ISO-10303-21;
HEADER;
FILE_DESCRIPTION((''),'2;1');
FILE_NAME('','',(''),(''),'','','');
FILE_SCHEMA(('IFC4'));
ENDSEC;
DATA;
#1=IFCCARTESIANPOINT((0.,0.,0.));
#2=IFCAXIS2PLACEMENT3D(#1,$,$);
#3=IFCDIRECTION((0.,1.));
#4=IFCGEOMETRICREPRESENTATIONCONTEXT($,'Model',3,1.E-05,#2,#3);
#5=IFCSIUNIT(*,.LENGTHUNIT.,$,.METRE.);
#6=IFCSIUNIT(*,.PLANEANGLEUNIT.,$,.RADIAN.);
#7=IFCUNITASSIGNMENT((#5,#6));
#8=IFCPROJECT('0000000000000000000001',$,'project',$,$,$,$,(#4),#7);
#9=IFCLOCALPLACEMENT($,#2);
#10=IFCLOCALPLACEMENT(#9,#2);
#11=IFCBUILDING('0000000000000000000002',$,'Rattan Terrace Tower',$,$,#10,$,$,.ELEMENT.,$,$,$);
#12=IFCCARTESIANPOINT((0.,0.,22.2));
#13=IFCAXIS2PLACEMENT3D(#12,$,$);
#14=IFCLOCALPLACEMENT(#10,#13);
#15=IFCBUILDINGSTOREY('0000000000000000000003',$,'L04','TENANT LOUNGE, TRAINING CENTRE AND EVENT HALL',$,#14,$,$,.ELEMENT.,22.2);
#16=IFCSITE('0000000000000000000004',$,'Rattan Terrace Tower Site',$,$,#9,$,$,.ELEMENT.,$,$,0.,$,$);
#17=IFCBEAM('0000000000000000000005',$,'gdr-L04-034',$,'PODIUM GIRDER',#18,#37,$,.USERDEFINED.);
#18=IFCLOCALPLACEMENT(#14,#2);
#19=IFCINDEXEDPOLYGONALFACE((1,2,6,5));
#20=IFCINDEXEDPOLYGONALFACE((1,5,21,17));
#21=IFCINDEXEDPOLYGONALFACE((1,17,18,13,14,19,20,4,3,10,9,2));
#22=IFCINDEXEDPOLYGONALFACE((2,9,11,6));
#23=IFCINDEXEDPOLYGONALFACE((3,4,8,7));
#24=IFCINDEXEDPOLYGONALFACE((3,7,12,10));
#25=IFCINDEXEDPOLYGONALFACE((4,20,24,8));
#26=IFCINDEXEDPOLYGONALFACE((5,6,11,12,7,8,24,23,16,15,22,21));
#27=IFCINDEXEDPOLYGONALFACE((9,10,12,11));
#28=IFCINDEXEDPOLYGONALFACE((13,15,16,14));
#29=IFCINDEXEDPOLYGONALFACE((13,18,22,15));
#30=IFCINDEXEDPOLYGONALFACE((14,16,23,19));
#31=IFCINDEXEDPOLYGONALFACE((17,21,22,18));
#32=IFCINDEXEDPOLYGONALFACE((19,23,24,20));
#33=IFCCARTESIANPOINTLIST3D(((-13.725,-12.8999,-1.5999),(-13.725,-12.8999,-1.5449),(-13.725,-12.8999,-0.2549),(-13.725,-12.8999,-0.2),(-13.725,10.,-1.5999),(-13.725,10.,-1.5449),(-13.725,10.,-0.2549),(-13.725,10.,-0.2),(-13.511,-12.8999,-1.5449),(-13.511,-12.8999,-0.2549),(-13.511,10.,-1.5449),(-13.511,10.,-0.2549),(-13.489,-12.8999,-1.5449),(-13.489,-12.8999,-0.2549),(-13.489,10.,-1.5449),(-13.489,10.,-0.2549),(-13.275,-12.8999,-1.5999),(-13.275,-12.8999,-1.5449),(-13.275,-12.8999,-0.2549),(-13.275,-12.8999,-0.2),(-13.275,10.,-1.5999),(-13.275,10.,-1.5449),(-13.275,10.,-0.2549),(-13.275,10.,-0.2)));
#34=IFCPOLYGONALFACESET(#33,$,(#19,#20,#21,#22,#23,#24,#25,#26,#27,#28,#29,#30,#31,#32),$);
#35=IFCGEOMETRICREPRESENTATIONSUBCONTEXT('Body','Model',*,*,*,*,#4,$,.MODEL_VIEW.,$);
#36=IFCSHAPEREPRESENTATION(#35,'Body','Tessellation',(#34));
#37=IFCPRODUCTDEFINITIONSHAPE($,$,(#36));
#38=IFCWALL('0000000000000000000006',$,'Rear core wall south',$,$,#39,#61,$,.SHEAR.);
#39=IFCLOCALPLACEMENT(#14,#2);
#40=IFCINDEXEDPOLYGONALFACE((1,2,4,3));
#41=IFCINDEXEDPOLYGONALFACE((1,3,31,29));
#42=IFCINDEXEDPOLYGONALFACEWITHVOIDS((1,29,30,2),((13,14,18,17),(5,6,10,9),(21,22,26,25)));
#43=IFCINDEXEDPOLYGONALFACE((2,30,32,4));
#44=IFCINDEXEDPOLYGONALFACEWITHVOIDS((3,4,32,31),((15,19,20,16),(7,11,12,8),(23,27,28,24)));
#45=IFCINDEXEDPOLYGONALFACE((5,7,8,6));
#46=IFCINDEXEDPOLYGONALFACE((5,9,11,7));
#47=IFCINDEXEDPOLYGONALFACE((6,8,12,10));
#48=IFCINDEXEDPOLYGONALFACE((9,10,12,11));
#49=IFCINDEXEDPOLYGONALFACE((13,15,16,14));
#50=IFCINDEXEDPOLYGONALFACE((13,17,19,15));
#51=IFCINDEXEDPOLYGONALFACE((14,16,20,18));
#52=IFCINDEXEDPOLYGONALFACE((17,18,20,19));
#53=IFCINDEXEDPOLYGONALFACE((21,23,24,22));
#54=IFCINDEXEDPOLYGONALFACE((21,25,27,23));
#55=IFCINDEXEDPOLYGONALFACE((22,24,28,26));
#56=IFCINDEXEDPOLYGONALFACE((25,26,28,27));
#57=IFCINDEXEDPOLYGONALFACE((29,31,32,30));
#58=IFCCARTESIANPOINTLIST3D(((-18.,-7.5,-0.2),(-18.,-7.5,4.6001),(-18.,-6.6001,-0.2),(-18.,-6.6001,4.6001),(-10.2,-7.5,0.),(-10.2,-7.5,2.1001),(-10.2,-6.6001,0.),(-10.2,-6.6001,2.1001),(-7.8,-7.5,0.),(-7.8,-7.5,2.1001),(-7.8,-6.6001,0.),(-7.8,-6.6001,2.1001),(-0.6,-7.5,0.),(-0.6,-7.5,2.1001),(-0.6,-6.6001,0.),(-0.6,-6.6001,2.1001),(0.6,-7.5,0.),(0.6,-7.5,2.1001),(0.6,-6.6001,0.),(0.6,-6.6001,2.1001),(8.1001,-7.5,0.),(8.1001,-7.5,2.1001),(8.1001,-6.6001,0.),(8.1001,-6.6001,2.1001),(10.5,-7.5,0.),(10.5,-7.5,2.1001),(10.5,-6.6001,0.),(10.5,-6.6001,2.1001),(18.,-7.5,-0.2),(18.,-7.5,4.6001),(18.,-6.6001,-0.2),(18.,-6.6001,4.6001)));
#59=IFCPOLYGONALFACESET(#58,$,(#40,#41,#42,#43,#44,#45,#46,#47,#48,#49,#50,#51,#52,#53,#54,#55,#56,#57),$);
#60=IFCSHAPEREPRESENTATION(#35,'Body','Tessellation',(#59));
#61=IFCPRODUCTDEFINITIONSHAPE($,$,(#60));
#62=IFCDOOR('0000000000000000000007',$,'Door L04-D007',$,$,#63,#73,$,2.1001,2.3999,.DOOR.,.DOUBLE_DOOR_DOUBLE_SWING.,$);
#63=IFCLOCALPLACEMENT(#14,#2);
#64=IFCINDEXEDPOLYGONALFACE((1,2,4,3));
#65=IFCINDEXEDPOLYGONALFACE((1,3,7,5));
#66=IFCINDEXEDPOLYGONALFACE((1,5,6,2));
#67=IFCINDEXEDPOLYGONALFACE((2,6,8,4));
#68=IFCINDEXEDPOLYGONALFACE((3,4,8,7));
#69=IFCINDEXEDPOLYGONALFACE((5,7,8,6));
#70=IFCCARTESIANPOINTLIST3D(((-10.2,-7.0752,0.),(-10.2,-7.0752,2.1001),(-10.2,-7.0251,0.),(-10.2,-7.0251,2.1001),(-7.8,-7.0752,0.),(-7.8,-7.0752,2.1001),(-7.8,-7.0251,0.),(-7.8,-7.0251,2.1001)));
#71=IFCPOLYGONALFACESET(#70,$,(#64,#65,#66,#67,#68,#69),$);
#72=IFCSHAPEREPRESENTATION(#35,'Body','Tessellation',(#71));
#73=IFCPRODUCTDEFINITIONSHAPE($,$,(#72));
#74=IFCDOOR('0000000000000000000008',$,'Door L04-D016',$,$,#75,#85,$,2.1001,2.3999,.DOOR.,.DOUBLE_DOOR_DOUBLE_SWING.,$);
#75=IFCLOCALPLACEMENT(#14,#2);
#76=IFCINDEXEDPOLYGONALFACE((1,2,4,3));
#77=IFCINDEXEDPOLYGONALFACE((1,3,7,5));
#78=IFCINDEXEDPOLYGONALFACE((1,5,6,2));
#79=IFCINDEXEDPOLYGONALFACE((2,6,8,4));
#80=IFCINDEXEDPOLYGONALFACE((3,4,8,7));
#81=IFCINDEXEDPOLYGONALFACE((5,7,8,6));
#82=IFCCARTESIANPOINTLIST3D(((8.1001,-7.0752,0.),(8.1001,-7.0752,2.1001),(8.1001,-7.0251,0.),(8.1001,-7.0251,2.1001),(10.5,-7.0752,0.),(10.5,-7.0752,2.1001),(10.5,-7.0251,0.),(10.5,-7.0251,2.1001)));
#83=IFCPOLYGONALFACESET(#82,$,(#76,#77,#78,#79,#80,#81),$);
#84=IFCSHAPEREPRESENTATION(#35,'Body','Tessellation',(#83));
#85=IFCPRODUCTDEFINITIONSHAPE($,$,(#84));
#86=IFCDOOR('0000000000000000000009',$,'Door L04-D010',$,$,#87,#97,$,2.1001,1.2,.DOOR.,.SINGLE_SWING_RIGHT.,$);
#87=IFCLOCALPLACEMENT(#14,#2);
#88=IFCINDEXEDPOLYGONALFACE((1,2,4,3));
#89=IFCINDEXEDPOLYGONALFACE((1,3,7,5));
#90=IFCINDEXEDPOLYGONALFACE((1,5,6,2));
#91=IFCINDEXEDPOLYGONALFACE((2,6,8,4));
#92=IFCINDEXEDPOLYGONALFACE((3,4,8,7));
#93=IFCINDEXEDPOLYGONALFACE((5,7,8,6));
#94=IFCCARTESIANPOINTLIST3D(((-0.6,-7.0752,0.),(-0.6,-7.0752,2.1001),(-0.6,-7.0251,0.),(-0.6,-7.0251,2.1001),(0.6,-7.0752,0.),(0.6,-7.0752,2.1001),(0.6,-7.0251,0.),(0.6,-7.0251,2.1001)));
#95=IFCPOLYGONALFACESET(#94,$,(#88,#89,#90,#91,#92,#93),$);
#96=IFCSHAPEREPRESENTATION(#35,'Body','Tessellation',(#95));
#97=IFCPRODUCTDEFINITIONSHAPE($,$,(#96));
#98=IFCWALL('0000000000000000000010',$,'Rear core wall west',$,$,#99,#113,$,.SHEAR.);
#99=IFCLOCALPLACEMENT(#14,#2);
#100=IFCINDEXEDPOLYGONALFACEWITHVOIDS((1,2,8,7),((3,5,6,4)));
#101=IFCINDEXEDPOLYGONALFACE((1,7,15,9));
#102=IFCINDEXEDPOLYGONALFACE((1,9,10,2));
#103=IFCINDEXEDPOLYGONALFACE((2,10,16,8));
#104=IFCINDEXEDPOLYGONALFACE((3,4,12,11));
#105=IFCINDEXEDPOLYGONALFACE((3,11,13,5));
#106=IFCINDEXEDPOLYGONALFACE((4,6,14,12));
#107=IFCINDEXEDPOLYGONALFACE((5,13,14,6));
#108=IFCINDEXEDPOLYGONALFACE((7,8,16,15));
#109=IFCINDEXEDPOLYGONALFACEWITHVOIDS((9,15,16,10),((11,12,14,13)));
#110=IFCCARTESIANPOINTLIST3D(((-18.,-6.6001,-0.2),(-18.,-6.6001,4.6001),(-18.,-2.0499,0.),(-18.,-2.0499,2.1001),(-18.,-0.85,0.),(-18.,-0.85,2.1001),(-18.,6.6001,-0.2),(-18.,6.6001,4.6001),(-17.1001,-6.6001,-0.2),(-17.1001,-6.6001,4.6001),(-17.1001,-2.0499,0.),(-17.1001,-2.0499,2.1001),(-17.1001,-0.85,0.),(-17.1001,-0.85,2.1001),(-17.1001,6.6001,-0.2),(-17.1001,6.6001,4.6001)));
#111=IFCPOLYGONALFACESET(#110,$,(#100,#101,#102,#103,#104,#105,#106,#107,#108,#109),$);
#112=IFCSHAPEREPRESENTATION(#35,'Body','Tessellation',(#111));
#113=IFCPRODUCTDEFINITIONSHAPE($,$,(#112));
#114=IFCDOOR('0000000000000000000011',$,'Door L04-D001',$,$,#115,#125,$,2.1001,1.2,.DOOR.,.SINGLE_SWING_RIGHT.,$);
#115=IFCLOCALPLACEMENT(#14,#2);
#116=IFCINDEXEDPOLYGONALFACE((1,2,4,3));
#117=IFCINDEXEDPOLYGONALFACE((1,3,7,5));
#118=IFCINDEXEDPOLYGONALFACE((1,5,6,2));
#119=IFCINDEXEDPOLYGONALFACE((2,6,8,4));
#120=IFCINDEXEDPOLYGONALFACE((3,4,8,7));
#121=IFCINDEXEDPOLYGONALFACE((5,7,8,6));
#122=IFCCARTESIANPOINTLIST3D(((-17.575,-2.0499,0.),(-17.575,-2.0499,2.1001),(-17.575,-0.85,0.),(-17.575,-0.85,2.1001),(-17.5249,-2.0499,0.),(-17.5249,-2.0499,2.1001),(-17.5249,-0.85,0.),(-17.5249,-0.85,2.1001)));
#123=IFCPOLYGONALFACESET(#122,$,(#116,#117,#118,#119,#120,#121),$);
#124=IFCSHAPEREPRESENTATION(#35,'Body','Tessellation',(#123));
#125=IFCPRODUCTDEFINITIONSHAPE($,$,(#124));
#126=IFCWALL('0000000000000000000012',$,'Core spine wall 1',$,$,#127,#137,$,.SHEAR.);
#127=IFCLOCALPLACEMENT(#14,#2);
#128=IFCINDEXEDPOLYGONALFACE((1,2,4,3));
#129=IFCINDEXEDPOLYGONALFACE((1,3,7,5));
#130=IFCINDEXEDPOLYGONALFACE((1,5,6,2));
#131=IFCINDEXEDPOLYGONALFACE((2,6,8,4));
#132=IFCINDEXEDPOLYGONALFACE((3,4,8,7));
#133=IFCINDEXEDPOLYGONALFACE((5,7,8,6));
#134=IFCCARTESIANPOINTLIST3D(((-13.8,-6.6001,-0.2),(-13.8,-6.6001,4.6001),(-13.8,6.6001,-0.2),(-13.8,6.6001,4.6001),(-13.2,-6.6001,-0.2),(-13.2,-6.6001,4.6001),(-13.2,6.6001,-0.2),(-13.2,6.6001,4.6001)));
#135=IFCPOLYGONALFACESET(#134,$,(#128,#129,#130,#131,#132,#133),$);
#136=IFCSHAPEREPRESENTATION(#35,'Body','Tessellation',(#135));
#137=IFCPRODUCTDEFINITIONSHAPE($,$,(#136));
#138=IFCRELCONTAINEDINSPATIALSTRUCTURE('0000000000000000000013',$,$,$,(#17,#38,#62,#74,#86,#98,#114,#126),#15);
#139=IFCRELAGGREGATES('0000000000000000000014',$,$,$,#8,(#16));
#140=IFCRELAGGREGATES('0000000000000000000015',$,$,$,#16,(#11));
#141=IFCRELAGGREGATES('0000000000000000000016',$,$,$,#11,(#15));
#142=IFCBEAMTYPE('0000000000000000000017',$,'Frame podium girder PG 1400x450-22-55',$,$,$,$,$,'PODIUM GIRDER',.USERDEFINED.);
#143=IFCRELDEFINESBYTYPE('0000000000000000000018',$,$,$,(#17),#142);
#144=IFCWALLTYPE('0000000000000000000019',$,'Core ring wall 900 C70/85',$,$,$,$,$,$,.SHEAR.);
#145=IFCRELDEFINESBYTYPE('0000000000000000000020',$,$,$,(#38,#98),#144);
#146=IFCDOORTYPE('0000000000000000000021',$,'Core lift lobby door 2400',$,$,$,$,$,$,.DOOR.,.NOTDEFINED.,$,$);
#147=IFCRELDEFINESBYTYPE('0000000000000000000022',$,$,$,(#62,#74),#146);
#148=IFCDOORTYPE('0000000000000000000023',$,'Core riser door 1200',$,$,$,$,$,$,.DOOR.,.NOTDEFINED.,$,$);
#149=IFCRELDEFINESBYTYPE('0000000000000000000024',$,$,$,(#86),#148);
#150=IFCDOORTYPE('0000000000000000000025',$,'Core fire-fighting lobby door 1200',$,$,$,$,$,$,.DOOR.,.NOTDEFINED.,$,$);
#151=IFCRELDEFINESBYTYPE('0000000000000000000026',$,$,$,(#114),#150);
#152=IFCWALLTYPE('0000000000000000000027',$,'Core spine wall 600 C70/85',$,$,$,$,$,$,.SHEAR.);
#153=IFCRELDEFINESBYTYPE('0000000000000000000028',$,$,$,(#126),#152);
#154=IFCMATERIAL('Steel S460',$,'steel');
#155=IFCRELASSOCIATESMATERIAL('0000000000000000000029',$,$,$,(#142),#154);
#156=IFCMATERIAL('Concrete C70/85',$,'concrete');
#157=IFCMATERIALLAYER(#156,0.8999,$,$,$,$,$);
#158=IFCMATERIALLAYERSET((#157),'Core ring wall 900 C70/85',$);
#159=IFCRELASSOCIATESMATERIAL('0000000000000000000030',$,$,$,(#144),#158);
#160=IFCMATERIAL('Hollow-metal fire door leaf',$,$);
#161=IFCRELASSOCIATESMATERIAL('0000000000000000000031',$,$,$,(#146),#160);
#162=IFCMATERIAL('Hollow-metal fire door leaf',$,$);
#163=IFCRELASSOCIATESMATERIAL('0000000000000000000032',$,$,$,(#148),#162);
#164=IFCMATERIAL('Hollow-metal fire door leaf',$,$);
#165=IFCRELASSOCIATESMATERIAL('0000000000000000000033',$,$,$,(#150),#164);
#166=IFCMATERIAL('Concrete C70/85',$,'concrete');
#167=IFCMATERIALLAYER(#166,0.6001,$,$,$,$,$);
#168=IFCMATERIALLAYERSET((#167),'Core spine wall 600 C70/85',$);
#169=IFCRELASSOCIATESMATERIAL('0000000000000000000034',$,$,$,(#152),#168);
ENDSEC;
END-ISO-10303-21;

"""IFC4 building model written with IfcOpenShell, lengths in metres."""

from ifc_helpers import new_model, si_unit, direction, frame, frame_2d, origin, origin_2d, place, context, subcontext, project, spatial, rectangle, i_section, extrude, material, layer, layer_set, material_profile, profile_set, type_object, element, fill, save


model = new_model("IFC4")

# Units and contexts
model_context = context("Model", 3, precision=1e-05, world=origin(), true_north=direction((0.0, 1.0)))
body_context = subcontext(model_context, "Body", "Model", "MODEL_VIEW")
ifc_project = project(units=[si_unit("LENGTHUNIT", "METRE"), si_unit("PLANEANGLEUNIT", "RADIAN")], contexts=[model_context])

# Site, building, storey
site_placement = place(None, origin())
site = spatial("IfcSite", under=ifc_project, at=site_placement, Name="Rattan Terrace Tower Site", CompositionType="ELEMENT", RefElevation=0.0)
building_placement = place(site_placement, origin())
building = spatial("IfcBuilding", under=site, at=building_placement, Name="Rattan Terrace Tower", CompositionType="ELEMENT")
storey_placement = place(building_placement, frame((0.0, 0.0, 22.2)))
storey = spatial("IfcBuildingStorey", under=building, at=storey_placement, Name="L04", Description="TENANT LOUNGE, TRAINING CENTRE AND EVENT HALL", CompositionType="ELEMENT", Elevation=22.2)

# Beam
ifc_material_1 = material(Name="Steel S460", Category="steel")
ifc_material_profile = material_profile(ifc_material_1, i_section(OverallWidth=0.45, OverallDepth=1.3999, WebThickness=0.022, FlangeThickness=0.0549, at=origin_2d()), Name="PG 1400x450-22-55")
ifc_profile_set = profile_set([ifc_material_profile], Name="Steel S460")
beam_type = type_object("IfcBeamType", Name="Frame podium girder PG 1400x450-22-55", ElementType="PODIUM GIRDER", PredefinedType="USERDEFINED", material=ifc_profile_set)
beam_placement = place(storey_placement, frame((-13.5, -12.8999, -0.8999), z_axis=(0.0, 1.0, 0.0), x_axis=(-1.0, 0.0, 0.0)))
element("IfcBeam", 1, at=beam_placement, inside=storey, type_object=beam_type, Name="gdr-L04-034", ObjectType="PODIUM GIRDER", PredefinedType="USERDEFINED", context=body_context, shape_type="SweptSolid", body=[
    extrude(i_section(OverallWidth=0.45, OverallDepth=1.3999, WebThickness=0.022, FlangeThickness=0.0549, at=origin_2d()), origin(), (0.0, 0.0, 1.0), 22.8999),
])

# Wall, openings, doors
ifc_material_2 = material(Name="Concrete C70/85", Category="concrete")
ifc_layer_1 = layer(ifc_material_2, 0.8999)
ifc_layer_set_1 = layer_set([ifc_layer_1], Name="Core ring wall 900 C70/85")
wall_type_1 = type_object("IfcWallType", Name="Core ring wall 900 C70/85", PredefinedType="SHEAR", material=ifc_layer_set_1)
wall_1_placement = place(storey_placement, frame((-18.0, -7.05, -0.2), z_axis=(0.0, 0.0, 1.0), x_axis=(1.0, 0.0, 0.0)))
wall_1 = element("IfcWall", 2, at=wall_1_placement, inside=storey, type_object=wall_type_1, Name="Rear core wall south", PredefinedType="SHEAR", context=body_context, shape_type="SweptSolid", body=[
    extrude(rectangle(XDim=36.0, YDim=0.8999, at=frame_2d((18.0, 0.0))), origin(), (0.0, 0.0, 1.0), 4.8),
])
opening_1_placement = place(wall_1_placement, frame((7.8, 0.0, 0.2)))
opening_1 = element("IfcOpeningElement", 3, at=opening_1_placement, cuts=wall_1, PredefinedType="OPENING", context=body_context, shape_type="SweptSolid", body=[
    extrude(rectangle(XDim=2.3999, YDim=2.1001, at=frame_2d((1.2, 1.05))), frame((0.0, 0.4604, 0.0), z_axis=(0.0, -1.0, 0.0), x_axis=(1.0, 0.0, 0.0)), (0.0, 0.0, 1.0), 0.9209),
])
opening_2_placement = place(wall_1_placement, frame((17.3999, 0.0, 0.2)))
opening_2 = element("IfcOpeningElement", 4, at=opening_2_placement, cuts=wall_1, PredefinedType="OPENING", context=body_context, shape_type="SweptSolid", body=[
    extrude(rectangle(XDim=1.2, YDim=2.1001, at=frame_2d((0.6001, 1.05))), frame((0.0, 0.4604, 0.0), z_axis=(0.0, -1.0, 0.0), x_axis=(1.0, 0.0, 0.0)), (0.0, 0.0, 1.0), 0.9209),
])
opening_3_placement = place(wall_1_placement, frame((26.1001, 0.0, 0.2)))
opening_3 = element("IfcOpeningElement", 5, at=opening_3_placement, cuts=wall_1, PredefinedType="OPENING", context=body_context, shape_type="SweptSolid", body=[
    extrude(rectangle(XDim=2.3999, YDim=2.1001, at=frame_2d((1.2, 1.05))), frame((0.0, 0.4604, 0.0), z_axis=(0.0, -1.0, 0.0), x_axis=(1.0, 0.0, 0.0)), (0.0, 0.0, 1.0), 0.9209),
])
ifc_material_3 = material(Name="Hollow-metal fire door leaf")
door_type_1 = type_object("IfcDoorType", Name="Core lift lobby door 2400", OperationType="NOTDEFINED", PredefinedType="DOOR", material=ifc_material_3)
door_1_placement = place(opening_1_placement, origin())
door_1 = element("IfcDoor", 6, at=door_1_placement, inside=storey, type_object=door_type_1, Name="Door L04-D007", OperationType="DOUBLE_DOOR_DOUBLE_SWING", OverallHeight=2.1001, OverallWidth=2.3999, PredefinedType="DOOR", context=body_context, shape_type="SweptSolid", body=[
    extrude(rectangle(XDim=2.3999, YDim=2.1001, at=frame_2d((1.2, 1.05))), frame((0.0, 0.0249, 0.0), z_axis=(0.0, -1.0, 0.0), x_axis=(1.0, 0.0, 0.0)), (0.0, 0.0, 1.0), 0.05),
])
fill(opening_1, door_1)
door_2_placement = place(opening_3_placement, origin())
door_2 = element("IfcDoor", 7, at=door_2_placement, inside=storey, type_object=door_type_1, Name="Door L04-D016", OperationType="DOUBLE_DOOR_DOUBLE_SWING", OverallHeight=2.1001, OverallWidth=2.3999, PredefinedType="DOOR", context=body_context, shape_type="SweptSolid", body=[
    extrude(rectangle(XDim=2.3999, YDim=2.1001, at=frame_2d((1.2, 1.05))), frame((0.0, 0.0249, 0.0), z_axis=(0.0, -1.0, 0.0), x_axis=(1.0, 0.0, 0.0)), (0.0, 0.0, 1.0), 0.05),
])
fill(opening_3, door_2)
ifc_material_4 = material(Name="Hollow-metal fire door leaf")
door_type_2 = type_object("IfcDoorType", Name="Core riser door 1200", OperationType="NOTDEFINED", PredefinedType="DOOR", material=ifc_material_4)
door_3_placement = place(opening_2_placement, origin())
door_3 = element("IfcDoor", 8, at=door_3_placement, inside=storey, type_object=door_type_2, Name="Door L04-D010", OperationType="SINGLE_SWING_RIGHT", OverallHeight=2.1001, OverallWidth=1.2, PredefinedType="DOOR", context=body_context, shape_type="SweptSolid", body=[
    extrude(rectangle(XDim=1.2, YDim=2.1001, at=frame_2d((0.6001, 1.05))), frame((0.0, 0.0249, 0.0), z_axis=(0.0, -1.0, 0.0), x_axis=(1.0, 0.0, 0.0)), (0.0, 0.0, 1.0), 0.05),
])
fill(opening_2, door_3)

# Wall, opening, door
wall_2_placement = place(storey_placement, frame((-17.55, -6.6001, -0.2), z_axis=(0.0, 0.0, 1.0), x_axis=(0.0, 1.0, 0.0)))
wall_2 = element("IfcWall", 9, at=wall_2_placement, inside=storey, type_object=wall_type_1, Name="Rear core wall west", PredefinedType="SHEAR", context=body_context, shape_type="SweptSolid", body=[
    extrude(rectangle(XDim=13.2002, YDim=0.8999, at=frame_2d((6.6001, 0.0))), origin(), (0.0, 0.0, 1.0), 4.8),
])
opening_4_placement = place(wall_2_placement, frame((4.55, 0.0, 0.2)))
opening_4 = element("IfcOpeningElement", 10, at=opening_4_placement, cuts=wall_2, PredefinedType="OPENING", context=body_context, shape_type="SweptSolid", body=[
    extrude(rectangle(XDim=1.2, YDim=2.1001, at=frame_2d((0.6001, 1.05))), frame((0.0, 0.4604, 0.0), z_axis=(0.0, -1.0, 0.0), x_axis=(1.0, 0.0, 0.0)), (0.0, 0.0, 1.0), 0.9209),
])
ifc_material_5 = material(Name="Hollow-metal fire door leaf")
door_type_3 = type_object("IfcDoorType", Name="Core fire-fighting lobby door 1200", OperationType="NOTDEFINED", PredefinedType="DOOR", material=ifc_material_5)
door_4_placement = place(opening_4_placement, origin())
door_4 = element("IfcDoor", 11, at=door_4_placement, inside=storey, type_object=door_type_3, Name="Door L04-D001", OperationType="SINGLE_SWING_RIGHT", OverallHeight=2.1001, OverallWidth=1.2, PredefinedType="DOOR", context=body_context, shape_type="SweptSolid", body=[
    extrude(rectangle(XDim=1.2, YDim=2.1001, at=frame_2d((0.6001, 1.05))), frame((0.0, 0.0249, 0.0), z_axis=(0.0, -1.0, 0.0), x_axis=(1.0, 0.0, 0.0)), (0.0, 0.0, 1.0), 0.05),
])
fill(opening_4, door_4)

# Wall
ifc_material_6 = material(Name="Concrete C70/85", Category="concrete")
ifc_layer_2 = layer(ifc_material_6, 0.6001)
ifc_layer_set_2 = layer_set([ifc_layer_2], Name="Core spine wall 600 C70/85")
wall_type_2 = type_object("IfcWallType", Name="Core spine wall 600 C70/85", PredefinedType="SHEAR", material=ifc_layer_set_2)
wall_3_placement = place(storey_placement, frame((-13.5, -6.6001, -0.2), z_axis=(0.0, 0.0, 1.0), x_axis=(0.0, 1.0, 0.0)))
element("IfcWall", 12, at=wall_3_placement, inside=storey, type_object=wall_type_2, Name="Core spine wall 1", PredefinedType="SHEAR", context=body_context, shape_type="SweptSolid", body=[
    extrude(rectangle(XDim=13.2002, YDim=0.6001, at=frame_2d((6.6001, 0.0))), origin(), (0.0, 0.0, 1.0), 4.8),
])

save(model, "model.ifc")
